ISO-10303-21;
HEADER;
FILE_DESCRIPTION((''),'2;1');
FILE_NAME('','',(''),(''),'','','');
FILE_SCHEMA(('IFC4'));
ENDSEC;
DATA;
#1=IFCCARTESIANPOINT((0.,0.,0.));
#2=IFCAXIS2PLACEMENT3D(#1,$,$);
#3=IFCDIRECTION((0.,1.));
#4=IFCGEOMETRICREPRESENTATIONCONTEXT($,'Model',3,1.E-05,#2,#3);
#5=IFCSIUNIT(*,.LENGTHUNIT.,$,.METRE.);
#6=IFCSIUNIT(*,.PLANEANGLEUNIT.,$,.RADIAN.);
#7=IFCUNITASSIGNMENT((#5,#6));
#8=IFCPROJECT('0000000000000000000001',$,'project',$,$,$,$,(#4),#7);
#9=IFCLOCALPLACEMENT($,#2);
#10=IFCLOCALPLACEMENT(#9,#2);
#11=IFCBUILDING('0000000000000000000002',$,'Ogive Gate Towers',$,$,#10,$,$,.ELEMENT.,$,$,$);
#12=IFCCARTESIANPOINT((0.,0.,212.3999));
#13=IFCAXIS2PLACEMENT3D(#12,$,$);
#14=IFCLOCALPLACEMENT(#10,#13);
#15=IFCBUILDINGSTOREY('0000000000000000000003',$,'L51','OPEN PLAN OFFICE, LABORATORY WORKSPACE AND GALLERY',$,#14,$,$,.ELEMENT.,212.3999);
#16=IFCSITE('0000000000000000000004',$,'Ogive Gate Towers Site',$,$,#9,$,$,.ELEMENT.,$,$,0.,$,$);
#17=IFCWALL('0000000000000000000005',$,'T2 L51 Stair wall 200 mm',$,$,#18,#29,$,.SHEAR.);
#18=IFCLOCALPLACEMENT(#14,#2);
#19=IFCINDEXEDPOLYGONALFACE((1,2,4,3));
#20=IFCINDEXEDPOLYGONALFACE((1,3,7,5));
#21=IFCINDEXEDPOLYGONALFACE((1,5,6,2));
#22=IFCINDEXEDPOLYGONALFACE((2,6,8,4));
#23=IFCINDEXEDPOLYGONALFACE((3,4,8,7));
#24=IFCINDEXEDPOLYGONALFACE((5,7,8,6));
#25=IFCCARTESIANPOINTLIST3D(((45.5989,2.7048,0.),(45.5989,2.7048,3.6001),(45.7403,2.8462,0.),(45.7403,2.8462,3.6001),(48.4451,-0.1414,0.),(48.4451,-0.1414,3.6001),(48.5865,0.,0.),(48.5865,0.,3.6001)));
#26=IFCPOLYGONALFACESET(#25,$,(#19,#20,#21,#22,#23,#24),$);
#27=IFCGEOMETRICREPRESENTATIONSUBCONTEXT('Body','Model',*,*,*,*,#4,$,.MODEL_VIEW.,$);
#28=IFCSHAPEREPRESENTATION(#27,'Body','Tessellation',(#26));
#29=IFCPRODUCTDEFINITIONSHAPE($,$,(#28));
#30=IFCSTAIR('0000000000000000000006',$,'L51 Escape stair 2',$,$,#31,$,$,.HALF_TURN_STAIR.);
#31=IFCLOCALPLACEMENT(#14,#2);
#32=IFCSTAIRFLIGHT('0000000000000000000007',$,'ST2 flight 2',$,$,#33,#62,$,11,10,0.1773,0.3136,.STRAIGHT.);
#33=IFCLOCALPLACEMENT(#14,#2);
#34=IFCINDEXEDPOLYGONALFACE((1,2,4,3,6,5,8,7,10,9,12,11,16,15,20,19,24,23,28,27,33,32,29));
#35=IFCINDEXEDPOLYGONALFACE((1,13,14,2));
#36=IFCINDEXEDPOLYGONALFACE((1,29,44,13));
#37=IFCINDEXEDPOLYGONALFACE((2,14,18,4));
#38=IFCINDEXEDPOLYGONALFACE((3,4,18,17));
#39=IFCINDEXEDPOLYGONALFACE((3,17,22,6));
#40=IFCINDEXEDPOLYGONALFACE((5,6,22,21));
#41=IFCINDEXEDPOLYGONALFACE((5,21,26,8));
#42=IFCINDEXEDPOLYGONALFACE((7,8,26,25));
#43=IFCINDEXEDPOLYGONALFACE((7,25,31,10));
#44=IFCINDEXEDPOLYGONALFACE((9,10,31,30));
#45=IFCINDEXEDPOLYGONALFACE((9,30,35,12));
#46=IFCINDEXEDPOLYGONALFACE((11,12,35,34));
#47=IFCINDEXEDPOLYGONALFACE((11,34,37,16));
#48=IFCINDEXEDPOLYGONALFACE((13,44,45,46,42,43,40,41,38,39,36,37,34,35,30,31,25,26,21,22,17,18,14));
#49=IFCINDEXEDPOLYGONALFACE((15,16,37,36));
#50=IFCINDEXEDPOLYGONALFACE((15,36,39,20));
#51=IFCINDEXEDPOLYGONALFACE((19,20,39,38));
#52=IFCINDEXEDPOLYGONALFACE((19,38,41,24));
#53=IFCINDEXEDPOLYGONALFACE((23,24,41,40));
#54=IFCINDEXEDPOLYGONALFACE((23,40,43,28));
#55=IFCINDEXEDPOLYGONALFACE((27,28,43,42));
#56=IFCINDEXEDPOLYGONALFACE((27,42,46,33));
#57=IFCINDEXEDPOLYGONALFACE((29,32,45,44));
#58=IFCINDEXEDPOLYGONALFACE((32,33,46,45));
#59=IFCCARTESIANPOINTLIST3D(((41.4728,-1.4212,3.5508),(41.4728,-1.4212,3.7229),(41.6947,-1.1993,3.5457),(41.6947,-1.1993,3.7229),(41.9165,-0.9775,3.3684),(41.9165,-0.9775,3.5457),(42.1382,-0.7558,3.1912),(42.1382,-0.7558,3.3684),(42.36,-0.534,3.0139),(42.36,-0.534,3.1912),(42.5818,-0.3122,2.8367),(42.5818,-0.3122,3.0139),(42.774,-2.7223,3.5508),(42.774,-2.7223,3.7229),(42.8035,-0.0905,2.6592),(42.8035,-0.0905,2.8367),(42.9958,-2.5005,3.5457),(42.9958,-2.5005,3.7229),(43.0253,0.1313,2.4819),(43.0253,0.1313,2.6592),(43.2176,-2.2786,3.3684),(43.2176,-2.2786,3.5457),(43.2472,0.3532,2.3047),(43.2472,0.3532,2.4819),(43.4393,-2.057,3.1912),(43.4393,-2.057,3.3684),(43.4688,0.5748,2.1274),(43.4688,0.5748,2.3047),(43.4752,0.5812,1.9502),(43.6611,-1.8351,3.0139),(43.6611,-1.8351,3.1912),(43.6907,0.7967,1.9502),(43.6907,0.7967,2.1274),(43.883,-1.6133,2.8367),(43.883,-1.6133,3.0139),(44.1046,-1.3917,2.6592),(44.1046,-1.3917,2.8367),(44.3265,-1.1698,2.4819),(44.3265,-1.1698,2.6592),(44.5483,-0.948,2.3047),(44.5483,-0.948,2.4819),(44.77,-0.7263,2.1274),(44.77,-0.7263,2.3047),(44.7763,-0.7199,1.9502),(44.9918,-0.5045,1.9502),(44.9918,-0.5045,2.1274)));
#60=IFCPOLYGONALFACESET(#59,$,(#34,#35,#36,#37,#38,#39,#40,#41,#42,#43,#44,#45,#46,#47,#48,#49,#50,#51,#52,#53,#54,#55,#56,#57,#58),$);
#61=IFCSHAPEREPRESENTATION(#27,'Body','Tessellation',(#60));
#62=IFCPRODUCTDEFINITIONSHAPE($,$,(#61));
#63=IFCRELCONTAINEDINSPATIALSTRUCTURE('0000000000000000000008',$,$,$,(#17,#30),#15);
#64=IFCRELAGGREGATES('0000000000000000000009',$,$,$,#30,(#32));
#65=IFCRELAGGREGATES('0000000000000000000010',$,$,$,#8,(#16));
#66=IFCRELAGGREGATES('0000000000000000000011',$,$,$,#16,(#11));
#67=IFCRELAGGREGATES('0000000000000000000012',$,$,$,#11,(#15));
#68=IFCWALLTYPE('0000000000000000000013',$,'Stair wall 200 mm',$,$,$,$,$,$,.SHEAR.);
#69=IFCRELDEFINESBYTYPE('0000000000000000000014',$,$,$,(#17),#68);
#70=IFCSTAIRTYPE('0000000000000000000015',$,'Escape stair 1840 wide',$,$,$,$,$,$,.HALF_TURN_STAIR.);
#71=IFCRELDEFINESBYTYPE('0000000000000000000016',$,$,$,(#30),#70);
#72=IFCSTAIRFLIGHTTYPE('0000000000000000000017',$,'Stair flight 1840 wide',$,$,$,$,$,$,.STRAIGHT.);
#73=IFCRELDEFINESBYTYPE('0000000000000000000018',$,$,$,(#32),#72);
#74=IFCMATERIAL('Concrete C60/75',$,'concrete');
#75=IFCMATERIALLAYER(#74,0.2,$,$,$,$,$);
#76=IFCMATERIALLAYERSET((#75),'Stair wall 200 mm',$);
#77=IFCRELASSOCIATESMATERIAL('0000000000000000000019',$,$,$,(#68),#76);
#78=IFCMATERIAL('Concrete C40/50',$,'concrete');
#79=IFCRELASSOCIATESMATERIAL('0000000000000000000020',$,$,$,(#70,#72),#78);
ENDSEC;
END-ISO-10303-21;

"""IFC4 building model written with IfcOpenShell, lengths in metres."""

from ifc_helpers import new_model, si_unit, direction, frame, frame_2d, origin, place, context, subcontext, project, spatial, polyline, rectangle, outline, extrude, material, layer, layer_set, type_object, element, aggregate, save


model = new_model("IFC4")

# Units and contexts
model_context = context("Model", 3, precision=1e-05, world=origin(), true_north=direction((0.0, 1.0)))
body_context = subcontext(model_context, "Body", "Model", "MODEL_VIEW")
ifc_project = project(units=[si_unit("LENGTHUNIT", "METRE"), si_unit("PLANEANGLEUNIT", "RADIAN")], contexts=[model_context])

# Site, building, storey
site_placement = place(None, origin())
site = spatial("IfcSite", under=ifc_project, at=site_placement, Name="Ogive Gate Towers Site", CompositionType="ELEMENT", RefElevation=0.0)
building_placement = place(site_placement, origin())
building = spatial("IfcBuilding", under=site, at=building_placement, Name="Ogive Gate Towers", CompositionType="ELEMENT")
storey_placement = place(building_placement, frame((0.0, 0.0, 212.3999)))
storey = spatial("IfcBuildingStorey", under=building, at=storey_placement, Name="L51", Description="OPEN PLAN OFFICE, LABORATORY WORKSPACE AND GALLERY", CompositionType="ELEMENT", Elevation=212.3999)

# Shared definitions
ifc_material_1 = material(Name="Concrete C40/50", Category="concrete")

# Shared definitions
ifc_material_2 = material(Name="Concrete C60/75", Category="concrete")

# Wall
ifc_layer_1 = layer(ifc_material_2, 0.2)
ifc_layer_set_1 = layer_set([ifc_layer_1], Name="Stair wall 200 mm")
wall_type_1 = type_object("IfcWallType", Name="Stair wall 200 mm", PredefinedType="SHEAR", material=ifc_layer_set_1)
wall_1_placement = place(storey_placement, frame((48.5159, -0.0708, 0.0), z_axis=(0.0, 0.0, 1.0), x_axis=(-0.707107, 0.707107, 0.0)))
element("IfcWall", 1, at=wall_1_placement, inside=storey, type_object=wall_type_1, Name="T2 L51 Stair wall 200 mm", PredefinedType="SHEAR", context=body_context, shape_type="SweptSolid", body=[
    extrude(rectangle(XDim=4.0251, YDim=0.2, at=frame_2d((2.0127, 0.0))), origin(), (0.0, 0.0, 1.0), 3.6001),
])

# Stair, stair flight
stair_type = type_object("IfcStairType", Name="Escape stair 1840 wide", PredefinedType="HALF_TURN_STAIR", material=ifc_material_1)
stair_placement = place(storey_placement, origin())
stair = element("IfcStair", 2, at=stair_placement, inside=storey, type_object=stair_type, Name="L51 Escape stair 2", PredefinedType="HALF_TURN_STAIR")
stair_flight_type = type_object("IfcStairFlightType", Name="Stair flight 1840 wide", PredefinedType="STRAIGHT", material=ifc_material_1)
stair_flight_placement = place(storey_placement, frame((44.3413, 0.146, 1.9502), z_axis=(0.0, 0.0, 1.0), x_axis=(-0.707107, -0.707107, 0.0)))
stair_flight = element("IfcStairFlight", 3, at=stair_flight_placement, type_object=stair_flight_type, Name="ST2 flight 2", NumberOfRisers=11, NumberOfTreads=10, PredefinedType="STRAIGHT", RiserHeight=0.1773, TreadLength=0.3136, context=body_context, shape_type="SweptSolid", body=[
    extrude(outline(polyline([(0.0, 0.0), (0.0, 0.1772), (0.3137, 0.1772), (0.3137, 0.3545), (0.6272, 0.3545), (0.6272, 0.5317), (0.9409, 0.5317), (0.9409, 0.709), (1.2546, 0.709), (1.2546, 0.8865), (1.5681, 0.8865), (1.5681, 1.0637), (1.8818, 1.0637), (1.8818, 1.241), (2.1956, 1.241), (2.1956, 1.4182), (2.509, 1.4182), (2.509, 1.5955), (2.8228, 1.5955), (2.8228, 1.7727), (3.1365, 1.7727), (3.1365, 1.95), (3.1365, 1.6006), (0.3047, 0.0), (0.0, 0.0)])), frame((0.0, 0.9199, 0.0), z_axis=(0.0, -1.0, 0.0), x_axis=(1.0, 0.0, 0.0)), (0.0, 0.0, 1.0), 1.8401),
])
aggregate(stair, [stair_flight])

save(model, "model.ifc")
